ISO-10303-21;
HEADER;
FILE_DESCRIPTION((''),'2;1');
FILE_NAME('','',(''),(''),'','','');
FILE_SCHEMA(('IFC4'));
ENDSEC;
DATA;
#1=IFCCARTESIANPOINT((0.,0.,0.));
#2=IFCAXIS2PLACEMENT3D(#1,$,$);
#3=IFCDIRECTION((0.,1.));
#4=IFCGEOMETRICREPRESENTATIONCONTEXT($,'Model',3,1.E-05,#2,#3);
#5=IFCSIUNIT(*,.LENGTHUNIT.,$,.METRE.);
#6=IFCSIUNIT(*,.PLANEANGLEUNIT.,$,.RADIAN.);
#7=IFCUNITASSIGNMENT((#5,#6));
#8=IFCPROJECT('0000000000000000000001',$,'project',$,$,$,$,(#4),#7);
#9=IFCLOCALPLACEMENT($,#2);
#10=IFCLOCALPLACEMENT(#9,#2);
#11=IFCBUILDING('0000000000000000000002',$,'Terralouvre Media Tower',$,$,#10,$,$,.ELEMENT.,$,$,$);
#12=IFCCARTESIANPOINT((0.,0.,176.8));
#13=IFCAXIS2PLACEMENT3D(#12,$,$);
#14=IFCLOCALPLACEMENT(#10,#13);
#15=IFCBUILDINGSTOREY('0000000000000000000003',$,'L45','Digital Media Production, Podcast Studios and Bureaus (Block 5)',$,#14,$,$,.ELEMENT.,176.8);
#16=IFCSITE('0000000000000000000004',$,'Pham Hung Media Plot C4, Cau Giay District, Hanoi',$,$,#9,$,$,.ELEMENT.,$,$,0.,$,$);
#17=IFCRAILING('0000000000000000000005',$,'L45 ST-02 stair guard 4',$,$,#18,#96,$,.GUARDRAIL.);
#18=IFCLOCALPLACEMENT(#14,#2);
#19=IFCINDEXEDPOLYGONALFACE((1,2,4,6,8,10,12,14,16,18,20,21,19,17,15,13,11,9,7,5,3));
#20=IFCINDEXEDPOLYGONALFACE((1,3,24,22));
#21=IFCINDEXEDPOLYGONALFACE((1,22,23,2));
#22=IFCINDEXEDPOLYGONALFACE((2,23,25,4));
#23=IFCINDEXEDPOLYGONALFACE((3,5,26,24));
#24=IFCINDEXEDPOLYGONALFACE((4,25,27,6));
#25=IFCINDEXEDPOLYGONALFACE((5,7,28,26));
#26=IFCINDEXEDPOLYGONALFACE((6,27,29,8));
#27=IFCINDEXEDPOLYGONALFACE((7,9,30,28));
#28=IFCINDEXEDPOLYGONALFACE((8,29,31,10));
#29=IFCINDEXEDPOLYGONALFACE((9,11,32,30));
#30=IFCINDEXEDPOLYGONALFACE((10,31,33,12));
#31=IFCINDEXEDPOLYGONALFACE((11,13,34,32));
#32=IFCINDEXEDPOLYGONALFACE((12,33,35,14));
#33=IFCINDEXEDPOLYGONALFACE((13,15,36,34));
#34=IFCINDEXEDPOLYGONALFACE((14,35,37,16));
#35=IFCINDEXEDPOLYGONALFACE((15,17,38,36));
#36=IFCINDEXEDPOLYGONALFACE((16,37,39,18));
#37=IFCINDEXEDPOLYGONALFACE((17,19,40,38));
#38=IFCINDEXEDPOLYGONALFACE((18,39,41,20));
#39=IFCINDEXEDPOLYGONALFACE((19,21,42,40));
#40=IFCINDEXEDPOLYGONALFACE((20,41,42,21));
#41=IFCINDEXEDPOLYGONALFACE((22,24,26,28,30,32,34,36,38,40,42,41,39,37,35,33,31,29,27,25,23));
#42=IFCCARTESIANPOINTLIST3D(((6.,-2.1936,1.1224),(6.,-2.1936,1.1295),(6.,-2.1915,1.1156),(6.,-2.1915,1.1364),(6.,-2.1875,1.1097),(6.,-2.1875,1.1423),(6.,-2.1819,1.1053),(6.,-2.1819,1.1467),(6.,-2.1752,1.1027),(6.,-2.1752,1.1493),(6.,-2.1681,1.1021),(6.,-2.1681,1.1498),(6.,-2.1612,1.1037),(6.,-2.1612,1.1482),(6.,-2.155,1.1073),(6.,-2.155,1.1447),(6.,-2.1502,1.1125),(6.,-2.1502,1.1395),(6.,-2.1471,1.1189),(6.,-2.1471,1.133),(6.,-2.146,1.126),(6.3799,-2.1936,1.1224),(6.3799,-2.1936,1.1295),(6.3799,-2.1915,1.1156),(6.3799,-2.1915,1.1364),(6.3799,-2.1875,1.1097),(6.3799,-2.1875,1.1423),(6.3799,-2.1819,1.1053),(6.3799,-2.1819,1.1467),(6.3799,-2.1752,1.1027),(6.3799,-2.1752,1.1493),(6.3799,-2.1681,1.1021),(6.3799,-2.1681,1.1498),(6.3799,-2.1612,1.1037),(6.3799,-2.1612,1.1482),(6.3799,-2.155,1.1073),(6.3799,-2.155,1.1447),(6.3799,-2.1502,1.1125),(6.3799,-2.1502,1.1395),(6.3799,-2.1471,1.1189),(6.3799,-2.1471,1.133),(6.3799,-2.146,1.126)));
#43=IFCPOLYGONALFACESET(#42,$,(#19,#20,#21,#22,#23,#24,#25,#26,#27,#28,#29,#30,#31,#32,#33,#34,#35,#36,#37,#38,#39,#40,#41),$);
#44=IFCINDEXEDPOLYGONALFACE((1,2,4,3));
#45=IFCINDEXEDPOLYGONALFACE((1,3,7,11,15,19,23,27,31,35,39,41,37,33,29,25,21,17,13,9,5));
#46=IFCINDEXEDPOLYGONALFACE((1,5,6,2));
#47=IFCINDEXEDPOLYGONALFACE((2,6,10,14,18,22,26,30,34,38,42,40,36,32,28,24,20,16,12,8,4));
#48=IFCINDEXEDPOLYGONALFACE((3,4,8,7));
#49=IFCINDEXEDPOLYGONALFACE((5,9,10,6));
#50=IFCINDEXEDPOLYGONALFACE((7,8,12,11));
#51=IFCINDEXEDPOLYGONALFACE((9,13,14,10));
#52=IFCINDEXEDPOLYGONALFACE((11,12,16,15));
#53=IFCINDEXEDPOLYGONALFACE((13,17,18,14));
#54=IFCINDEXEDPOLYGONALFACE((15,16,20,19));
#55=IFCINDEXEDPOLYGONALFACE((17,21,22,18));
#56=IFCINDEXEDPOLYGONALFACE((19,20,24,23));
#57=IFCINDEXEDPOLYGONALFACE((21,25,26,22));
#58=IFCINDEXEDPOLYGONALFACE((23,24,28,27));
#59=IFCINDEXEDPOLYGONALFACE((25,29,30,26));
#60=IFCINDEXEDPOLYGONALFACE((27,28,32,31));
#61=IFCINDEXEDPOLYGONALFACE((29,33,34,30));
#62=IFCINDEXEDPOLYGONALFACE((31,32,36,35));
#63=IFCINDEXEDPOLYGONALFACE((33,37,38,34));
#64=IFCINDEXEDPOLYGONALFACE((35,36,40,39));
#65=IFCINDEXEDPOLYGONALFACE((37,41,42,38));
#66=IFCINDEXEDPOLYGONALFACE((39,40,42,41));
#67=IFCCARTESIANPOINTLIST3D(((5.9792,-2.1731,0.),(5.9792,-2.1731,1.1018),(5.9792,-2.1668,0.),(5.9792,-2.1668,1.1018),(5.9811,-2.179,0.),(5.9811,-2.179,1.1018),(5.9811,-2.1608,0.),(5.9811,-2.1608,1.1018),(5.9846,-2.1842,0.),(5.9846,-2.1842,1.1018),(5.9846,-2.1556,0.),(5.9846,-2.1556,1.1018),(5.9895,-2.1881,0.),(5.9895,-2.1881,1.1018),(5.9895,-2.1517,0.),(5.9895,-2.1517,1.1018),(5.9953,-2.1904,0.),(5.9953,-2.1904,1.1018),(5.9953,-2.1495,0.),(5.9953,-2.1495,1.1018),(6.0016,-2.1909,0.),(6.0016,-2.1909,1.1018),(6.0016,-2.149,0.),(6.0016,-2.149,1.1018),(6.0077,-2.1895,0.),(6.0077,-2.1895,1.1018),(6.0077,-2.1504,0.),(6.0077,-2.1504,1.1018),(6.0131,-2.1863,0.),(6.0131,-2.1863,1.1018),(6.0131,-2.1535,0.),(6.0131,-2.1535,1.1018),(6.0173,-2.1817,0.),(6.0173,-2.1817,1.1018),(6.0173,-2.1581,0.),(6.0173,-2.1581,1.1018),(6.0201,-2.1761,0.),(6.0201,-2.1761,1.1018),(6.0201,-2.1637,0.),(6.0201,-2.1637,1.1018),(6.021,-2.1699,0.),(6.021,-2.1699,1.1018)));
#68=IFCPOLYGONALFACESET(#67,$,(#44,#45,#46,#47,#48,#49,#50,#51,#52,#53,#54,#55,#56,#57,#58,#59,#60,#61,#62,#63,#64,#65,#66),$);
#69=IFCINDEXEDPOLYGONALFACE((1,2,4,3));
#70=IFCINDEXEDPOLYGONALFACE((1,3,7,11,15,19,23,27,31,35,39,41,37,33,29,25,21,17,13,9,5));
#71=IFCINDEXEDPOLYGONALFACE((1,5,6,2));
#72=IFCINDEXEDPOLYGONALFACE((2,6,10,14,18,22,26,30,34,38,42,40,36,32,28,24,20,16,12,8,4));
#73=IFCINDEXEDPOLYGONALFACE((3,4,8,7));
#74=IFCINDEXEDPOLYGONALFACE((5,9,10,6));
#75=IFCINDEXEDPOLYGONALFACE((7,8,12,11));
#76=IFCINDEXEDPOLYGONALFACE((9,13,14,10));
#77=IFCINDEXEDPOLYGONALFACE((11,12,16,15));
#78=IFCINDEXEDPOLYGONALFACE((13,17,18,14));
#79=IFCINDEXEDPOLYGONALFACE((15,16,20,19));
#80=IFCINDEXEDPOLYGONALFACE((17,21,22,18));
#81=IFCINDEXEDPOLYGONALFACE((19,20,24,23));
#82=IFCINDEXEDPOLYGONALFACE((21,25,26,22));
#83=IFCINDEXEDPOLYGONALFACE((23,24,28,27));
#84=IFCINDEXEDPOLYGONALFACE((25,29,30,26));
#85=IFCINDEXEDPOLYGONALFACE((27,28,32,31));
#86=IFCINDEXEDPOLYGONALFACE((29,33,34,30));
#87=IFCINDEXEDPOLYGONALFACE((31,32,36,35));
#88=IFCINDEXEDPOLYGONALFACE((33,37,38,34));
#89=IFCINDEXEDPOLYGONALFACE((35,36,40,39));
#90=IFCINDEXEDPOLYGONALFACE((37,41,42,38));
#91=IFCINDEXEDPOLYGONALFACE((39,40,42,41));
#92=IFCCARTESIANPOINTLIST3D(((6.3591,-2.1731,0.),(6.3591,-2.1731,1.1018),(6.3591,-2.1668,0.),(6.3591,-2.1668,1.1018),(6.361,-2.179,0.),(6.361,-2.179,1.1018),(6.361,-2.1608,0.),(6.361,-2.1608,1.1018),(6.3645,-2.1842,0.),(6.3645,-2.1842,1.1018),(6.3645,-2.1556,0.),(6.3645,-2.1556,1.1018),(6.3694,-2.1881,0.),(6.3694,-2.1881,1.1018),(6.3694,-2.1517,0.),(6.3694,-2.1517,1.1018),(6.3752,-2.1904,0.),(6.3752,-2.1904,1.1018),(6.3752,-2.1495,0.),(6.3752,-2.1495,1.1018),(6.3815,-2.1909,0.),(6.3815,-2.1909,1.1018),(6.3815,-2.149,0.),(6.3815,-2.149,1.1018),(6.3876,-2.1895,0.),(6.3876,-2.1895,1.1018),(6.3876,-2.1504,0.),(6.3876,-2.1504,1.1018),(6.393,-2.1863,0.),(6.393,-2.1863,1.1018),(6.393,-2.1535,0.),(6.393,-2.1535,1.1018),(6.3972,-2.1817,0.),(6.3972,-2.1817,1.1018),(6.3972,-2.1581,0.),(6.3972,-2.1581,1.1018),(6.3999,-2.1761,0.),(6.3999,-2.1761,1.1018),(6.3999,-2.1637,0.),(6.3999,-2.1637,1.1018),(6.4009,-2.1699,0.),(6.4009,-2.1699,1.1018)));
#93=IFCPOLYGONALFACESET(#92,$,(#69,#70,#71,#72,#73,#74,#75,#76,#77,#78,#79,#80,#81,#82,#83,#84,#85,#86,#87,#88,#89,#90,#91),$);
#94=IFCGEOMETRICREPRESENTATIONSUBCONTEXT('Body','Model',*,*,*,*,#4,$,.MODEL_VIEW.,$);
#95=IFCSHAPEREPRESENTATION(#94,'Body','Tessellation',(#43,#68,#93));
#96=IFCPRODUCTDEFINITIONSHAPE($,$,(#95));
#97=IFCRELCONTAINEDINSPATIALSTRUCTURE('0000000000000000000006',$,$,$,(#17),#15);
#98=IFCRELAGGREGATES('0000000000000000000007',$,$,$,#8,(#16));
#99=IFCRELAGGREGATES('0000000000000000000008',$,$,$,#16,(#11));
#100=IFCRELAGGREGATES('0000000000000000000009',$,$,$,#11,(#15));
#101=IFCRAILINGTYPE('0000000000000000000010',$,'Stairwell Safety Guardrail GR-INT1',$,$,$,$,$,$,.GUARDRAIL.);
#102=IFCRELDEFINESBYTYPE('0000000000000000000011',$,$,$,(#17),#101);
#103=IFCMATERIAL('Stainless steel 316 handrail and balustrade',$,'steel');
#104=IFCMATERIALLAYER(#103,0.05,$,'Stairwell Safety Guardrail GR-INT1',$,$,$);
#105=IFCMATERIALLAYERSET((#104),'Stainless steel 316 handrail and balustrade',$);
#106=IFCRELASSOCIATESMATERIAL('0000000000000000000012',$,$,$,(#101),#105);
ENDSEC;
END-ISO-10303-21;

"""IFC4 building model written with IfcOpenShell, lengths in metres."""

from ifc_helpers import new_model, si_unit, direction, frame, origin, origin_2d, place, context, subcontext, project, spatial, circle, extrude, material, layer, layer_set, type_object, element, save


model = new_model("IFC4")

# Units and contexts
model_context = context("Model", 3, precision=1e-05, world=origin(), true_north=direction((0.0, 1.0)))
body_context = subcontext(model_context, "Body", "Model", "MODEL_VIEW")
ifc_project = project(units=[si_unit("LENGTHUNIT", "METRE"), si_unit("PLANEANGLEUNIT", "RADIAN")], contexts=[model_context])

# Site, building, storey
site_placement = place(None, origin())
site = spatial("IfcSite", under=ifc_project, at=site_placement, Name="Pham Hung Media Plot C4, Cau Giay District, Hanoi", CompositionType="ELEMENT", RefElevation=0.0)
building_placement = place(site_placement, origin())
building = spatial("IfcBuilding", under=site, at=building_placement, Name="Terralouvre Media Tower", CompositionType="ELEMENT")
storey_placement = place(building_placement, frame((0.0, 0.0, 176.8)))
storey = spatial("IfcBuildingStorey", under=building, at=storey_placement, Name="L45", Description="Digital Media Production, Podcast Studios and Bureaus (Block 5)", CompositionType="ELEMENT", Elevation=176.8)

# Railing
ifc_material_1 = material(Name="Stainless steel 316 handrail and balustrade", Category="steel")
ifc_layer_1 = layer(ifc_material_1, 0.05, Name="Stairwell Safety Guardrail GR-INT1")
ifc_layer_set_1 = layer_set([ifc_layer_1], Name="Stainless steel 316 handrail and balustrade")
railing_type_1 = type_object("IfcRailingType", Name="Stairwell Safety Guardrail GR-INT1", PredefinedType="GUARDRAIL", material=ifc_layer_set_1)
railing_1_placement = place(storey_placement, frame((6.0, -2.1699, 0.0)))
element("IfcRailing", 1, at=railing_1_placement, inside=storey, type_object=railing_type_1, Name="L45 ST-02 stair guard 4", PredefinedType="GUARDRAIL", context=body_context, shape_type="SweptSolid", body=[
    extrude(circle(Radius=0.0239, at=origin_2d()), frame((0.0, 0.0, 1.126), z_axis=(1.0, 0.0, 0.0), x_axis=(0.0, 1.0, 0.0)), (0.0, 0.0, 1.0), 0.3799),
    extrude(circle(Radius=0.021, at=origin_2d()), origin(), (0.0, 0.0, 1.0), 1.1018),
    extrude(circle(Radius=0.021, at=origin_2d()), frame((0.3799, 0.0, 0.0)), (0.0, 0.0, 1.0), 1.1018),
])

save(model, "model.ifc")
